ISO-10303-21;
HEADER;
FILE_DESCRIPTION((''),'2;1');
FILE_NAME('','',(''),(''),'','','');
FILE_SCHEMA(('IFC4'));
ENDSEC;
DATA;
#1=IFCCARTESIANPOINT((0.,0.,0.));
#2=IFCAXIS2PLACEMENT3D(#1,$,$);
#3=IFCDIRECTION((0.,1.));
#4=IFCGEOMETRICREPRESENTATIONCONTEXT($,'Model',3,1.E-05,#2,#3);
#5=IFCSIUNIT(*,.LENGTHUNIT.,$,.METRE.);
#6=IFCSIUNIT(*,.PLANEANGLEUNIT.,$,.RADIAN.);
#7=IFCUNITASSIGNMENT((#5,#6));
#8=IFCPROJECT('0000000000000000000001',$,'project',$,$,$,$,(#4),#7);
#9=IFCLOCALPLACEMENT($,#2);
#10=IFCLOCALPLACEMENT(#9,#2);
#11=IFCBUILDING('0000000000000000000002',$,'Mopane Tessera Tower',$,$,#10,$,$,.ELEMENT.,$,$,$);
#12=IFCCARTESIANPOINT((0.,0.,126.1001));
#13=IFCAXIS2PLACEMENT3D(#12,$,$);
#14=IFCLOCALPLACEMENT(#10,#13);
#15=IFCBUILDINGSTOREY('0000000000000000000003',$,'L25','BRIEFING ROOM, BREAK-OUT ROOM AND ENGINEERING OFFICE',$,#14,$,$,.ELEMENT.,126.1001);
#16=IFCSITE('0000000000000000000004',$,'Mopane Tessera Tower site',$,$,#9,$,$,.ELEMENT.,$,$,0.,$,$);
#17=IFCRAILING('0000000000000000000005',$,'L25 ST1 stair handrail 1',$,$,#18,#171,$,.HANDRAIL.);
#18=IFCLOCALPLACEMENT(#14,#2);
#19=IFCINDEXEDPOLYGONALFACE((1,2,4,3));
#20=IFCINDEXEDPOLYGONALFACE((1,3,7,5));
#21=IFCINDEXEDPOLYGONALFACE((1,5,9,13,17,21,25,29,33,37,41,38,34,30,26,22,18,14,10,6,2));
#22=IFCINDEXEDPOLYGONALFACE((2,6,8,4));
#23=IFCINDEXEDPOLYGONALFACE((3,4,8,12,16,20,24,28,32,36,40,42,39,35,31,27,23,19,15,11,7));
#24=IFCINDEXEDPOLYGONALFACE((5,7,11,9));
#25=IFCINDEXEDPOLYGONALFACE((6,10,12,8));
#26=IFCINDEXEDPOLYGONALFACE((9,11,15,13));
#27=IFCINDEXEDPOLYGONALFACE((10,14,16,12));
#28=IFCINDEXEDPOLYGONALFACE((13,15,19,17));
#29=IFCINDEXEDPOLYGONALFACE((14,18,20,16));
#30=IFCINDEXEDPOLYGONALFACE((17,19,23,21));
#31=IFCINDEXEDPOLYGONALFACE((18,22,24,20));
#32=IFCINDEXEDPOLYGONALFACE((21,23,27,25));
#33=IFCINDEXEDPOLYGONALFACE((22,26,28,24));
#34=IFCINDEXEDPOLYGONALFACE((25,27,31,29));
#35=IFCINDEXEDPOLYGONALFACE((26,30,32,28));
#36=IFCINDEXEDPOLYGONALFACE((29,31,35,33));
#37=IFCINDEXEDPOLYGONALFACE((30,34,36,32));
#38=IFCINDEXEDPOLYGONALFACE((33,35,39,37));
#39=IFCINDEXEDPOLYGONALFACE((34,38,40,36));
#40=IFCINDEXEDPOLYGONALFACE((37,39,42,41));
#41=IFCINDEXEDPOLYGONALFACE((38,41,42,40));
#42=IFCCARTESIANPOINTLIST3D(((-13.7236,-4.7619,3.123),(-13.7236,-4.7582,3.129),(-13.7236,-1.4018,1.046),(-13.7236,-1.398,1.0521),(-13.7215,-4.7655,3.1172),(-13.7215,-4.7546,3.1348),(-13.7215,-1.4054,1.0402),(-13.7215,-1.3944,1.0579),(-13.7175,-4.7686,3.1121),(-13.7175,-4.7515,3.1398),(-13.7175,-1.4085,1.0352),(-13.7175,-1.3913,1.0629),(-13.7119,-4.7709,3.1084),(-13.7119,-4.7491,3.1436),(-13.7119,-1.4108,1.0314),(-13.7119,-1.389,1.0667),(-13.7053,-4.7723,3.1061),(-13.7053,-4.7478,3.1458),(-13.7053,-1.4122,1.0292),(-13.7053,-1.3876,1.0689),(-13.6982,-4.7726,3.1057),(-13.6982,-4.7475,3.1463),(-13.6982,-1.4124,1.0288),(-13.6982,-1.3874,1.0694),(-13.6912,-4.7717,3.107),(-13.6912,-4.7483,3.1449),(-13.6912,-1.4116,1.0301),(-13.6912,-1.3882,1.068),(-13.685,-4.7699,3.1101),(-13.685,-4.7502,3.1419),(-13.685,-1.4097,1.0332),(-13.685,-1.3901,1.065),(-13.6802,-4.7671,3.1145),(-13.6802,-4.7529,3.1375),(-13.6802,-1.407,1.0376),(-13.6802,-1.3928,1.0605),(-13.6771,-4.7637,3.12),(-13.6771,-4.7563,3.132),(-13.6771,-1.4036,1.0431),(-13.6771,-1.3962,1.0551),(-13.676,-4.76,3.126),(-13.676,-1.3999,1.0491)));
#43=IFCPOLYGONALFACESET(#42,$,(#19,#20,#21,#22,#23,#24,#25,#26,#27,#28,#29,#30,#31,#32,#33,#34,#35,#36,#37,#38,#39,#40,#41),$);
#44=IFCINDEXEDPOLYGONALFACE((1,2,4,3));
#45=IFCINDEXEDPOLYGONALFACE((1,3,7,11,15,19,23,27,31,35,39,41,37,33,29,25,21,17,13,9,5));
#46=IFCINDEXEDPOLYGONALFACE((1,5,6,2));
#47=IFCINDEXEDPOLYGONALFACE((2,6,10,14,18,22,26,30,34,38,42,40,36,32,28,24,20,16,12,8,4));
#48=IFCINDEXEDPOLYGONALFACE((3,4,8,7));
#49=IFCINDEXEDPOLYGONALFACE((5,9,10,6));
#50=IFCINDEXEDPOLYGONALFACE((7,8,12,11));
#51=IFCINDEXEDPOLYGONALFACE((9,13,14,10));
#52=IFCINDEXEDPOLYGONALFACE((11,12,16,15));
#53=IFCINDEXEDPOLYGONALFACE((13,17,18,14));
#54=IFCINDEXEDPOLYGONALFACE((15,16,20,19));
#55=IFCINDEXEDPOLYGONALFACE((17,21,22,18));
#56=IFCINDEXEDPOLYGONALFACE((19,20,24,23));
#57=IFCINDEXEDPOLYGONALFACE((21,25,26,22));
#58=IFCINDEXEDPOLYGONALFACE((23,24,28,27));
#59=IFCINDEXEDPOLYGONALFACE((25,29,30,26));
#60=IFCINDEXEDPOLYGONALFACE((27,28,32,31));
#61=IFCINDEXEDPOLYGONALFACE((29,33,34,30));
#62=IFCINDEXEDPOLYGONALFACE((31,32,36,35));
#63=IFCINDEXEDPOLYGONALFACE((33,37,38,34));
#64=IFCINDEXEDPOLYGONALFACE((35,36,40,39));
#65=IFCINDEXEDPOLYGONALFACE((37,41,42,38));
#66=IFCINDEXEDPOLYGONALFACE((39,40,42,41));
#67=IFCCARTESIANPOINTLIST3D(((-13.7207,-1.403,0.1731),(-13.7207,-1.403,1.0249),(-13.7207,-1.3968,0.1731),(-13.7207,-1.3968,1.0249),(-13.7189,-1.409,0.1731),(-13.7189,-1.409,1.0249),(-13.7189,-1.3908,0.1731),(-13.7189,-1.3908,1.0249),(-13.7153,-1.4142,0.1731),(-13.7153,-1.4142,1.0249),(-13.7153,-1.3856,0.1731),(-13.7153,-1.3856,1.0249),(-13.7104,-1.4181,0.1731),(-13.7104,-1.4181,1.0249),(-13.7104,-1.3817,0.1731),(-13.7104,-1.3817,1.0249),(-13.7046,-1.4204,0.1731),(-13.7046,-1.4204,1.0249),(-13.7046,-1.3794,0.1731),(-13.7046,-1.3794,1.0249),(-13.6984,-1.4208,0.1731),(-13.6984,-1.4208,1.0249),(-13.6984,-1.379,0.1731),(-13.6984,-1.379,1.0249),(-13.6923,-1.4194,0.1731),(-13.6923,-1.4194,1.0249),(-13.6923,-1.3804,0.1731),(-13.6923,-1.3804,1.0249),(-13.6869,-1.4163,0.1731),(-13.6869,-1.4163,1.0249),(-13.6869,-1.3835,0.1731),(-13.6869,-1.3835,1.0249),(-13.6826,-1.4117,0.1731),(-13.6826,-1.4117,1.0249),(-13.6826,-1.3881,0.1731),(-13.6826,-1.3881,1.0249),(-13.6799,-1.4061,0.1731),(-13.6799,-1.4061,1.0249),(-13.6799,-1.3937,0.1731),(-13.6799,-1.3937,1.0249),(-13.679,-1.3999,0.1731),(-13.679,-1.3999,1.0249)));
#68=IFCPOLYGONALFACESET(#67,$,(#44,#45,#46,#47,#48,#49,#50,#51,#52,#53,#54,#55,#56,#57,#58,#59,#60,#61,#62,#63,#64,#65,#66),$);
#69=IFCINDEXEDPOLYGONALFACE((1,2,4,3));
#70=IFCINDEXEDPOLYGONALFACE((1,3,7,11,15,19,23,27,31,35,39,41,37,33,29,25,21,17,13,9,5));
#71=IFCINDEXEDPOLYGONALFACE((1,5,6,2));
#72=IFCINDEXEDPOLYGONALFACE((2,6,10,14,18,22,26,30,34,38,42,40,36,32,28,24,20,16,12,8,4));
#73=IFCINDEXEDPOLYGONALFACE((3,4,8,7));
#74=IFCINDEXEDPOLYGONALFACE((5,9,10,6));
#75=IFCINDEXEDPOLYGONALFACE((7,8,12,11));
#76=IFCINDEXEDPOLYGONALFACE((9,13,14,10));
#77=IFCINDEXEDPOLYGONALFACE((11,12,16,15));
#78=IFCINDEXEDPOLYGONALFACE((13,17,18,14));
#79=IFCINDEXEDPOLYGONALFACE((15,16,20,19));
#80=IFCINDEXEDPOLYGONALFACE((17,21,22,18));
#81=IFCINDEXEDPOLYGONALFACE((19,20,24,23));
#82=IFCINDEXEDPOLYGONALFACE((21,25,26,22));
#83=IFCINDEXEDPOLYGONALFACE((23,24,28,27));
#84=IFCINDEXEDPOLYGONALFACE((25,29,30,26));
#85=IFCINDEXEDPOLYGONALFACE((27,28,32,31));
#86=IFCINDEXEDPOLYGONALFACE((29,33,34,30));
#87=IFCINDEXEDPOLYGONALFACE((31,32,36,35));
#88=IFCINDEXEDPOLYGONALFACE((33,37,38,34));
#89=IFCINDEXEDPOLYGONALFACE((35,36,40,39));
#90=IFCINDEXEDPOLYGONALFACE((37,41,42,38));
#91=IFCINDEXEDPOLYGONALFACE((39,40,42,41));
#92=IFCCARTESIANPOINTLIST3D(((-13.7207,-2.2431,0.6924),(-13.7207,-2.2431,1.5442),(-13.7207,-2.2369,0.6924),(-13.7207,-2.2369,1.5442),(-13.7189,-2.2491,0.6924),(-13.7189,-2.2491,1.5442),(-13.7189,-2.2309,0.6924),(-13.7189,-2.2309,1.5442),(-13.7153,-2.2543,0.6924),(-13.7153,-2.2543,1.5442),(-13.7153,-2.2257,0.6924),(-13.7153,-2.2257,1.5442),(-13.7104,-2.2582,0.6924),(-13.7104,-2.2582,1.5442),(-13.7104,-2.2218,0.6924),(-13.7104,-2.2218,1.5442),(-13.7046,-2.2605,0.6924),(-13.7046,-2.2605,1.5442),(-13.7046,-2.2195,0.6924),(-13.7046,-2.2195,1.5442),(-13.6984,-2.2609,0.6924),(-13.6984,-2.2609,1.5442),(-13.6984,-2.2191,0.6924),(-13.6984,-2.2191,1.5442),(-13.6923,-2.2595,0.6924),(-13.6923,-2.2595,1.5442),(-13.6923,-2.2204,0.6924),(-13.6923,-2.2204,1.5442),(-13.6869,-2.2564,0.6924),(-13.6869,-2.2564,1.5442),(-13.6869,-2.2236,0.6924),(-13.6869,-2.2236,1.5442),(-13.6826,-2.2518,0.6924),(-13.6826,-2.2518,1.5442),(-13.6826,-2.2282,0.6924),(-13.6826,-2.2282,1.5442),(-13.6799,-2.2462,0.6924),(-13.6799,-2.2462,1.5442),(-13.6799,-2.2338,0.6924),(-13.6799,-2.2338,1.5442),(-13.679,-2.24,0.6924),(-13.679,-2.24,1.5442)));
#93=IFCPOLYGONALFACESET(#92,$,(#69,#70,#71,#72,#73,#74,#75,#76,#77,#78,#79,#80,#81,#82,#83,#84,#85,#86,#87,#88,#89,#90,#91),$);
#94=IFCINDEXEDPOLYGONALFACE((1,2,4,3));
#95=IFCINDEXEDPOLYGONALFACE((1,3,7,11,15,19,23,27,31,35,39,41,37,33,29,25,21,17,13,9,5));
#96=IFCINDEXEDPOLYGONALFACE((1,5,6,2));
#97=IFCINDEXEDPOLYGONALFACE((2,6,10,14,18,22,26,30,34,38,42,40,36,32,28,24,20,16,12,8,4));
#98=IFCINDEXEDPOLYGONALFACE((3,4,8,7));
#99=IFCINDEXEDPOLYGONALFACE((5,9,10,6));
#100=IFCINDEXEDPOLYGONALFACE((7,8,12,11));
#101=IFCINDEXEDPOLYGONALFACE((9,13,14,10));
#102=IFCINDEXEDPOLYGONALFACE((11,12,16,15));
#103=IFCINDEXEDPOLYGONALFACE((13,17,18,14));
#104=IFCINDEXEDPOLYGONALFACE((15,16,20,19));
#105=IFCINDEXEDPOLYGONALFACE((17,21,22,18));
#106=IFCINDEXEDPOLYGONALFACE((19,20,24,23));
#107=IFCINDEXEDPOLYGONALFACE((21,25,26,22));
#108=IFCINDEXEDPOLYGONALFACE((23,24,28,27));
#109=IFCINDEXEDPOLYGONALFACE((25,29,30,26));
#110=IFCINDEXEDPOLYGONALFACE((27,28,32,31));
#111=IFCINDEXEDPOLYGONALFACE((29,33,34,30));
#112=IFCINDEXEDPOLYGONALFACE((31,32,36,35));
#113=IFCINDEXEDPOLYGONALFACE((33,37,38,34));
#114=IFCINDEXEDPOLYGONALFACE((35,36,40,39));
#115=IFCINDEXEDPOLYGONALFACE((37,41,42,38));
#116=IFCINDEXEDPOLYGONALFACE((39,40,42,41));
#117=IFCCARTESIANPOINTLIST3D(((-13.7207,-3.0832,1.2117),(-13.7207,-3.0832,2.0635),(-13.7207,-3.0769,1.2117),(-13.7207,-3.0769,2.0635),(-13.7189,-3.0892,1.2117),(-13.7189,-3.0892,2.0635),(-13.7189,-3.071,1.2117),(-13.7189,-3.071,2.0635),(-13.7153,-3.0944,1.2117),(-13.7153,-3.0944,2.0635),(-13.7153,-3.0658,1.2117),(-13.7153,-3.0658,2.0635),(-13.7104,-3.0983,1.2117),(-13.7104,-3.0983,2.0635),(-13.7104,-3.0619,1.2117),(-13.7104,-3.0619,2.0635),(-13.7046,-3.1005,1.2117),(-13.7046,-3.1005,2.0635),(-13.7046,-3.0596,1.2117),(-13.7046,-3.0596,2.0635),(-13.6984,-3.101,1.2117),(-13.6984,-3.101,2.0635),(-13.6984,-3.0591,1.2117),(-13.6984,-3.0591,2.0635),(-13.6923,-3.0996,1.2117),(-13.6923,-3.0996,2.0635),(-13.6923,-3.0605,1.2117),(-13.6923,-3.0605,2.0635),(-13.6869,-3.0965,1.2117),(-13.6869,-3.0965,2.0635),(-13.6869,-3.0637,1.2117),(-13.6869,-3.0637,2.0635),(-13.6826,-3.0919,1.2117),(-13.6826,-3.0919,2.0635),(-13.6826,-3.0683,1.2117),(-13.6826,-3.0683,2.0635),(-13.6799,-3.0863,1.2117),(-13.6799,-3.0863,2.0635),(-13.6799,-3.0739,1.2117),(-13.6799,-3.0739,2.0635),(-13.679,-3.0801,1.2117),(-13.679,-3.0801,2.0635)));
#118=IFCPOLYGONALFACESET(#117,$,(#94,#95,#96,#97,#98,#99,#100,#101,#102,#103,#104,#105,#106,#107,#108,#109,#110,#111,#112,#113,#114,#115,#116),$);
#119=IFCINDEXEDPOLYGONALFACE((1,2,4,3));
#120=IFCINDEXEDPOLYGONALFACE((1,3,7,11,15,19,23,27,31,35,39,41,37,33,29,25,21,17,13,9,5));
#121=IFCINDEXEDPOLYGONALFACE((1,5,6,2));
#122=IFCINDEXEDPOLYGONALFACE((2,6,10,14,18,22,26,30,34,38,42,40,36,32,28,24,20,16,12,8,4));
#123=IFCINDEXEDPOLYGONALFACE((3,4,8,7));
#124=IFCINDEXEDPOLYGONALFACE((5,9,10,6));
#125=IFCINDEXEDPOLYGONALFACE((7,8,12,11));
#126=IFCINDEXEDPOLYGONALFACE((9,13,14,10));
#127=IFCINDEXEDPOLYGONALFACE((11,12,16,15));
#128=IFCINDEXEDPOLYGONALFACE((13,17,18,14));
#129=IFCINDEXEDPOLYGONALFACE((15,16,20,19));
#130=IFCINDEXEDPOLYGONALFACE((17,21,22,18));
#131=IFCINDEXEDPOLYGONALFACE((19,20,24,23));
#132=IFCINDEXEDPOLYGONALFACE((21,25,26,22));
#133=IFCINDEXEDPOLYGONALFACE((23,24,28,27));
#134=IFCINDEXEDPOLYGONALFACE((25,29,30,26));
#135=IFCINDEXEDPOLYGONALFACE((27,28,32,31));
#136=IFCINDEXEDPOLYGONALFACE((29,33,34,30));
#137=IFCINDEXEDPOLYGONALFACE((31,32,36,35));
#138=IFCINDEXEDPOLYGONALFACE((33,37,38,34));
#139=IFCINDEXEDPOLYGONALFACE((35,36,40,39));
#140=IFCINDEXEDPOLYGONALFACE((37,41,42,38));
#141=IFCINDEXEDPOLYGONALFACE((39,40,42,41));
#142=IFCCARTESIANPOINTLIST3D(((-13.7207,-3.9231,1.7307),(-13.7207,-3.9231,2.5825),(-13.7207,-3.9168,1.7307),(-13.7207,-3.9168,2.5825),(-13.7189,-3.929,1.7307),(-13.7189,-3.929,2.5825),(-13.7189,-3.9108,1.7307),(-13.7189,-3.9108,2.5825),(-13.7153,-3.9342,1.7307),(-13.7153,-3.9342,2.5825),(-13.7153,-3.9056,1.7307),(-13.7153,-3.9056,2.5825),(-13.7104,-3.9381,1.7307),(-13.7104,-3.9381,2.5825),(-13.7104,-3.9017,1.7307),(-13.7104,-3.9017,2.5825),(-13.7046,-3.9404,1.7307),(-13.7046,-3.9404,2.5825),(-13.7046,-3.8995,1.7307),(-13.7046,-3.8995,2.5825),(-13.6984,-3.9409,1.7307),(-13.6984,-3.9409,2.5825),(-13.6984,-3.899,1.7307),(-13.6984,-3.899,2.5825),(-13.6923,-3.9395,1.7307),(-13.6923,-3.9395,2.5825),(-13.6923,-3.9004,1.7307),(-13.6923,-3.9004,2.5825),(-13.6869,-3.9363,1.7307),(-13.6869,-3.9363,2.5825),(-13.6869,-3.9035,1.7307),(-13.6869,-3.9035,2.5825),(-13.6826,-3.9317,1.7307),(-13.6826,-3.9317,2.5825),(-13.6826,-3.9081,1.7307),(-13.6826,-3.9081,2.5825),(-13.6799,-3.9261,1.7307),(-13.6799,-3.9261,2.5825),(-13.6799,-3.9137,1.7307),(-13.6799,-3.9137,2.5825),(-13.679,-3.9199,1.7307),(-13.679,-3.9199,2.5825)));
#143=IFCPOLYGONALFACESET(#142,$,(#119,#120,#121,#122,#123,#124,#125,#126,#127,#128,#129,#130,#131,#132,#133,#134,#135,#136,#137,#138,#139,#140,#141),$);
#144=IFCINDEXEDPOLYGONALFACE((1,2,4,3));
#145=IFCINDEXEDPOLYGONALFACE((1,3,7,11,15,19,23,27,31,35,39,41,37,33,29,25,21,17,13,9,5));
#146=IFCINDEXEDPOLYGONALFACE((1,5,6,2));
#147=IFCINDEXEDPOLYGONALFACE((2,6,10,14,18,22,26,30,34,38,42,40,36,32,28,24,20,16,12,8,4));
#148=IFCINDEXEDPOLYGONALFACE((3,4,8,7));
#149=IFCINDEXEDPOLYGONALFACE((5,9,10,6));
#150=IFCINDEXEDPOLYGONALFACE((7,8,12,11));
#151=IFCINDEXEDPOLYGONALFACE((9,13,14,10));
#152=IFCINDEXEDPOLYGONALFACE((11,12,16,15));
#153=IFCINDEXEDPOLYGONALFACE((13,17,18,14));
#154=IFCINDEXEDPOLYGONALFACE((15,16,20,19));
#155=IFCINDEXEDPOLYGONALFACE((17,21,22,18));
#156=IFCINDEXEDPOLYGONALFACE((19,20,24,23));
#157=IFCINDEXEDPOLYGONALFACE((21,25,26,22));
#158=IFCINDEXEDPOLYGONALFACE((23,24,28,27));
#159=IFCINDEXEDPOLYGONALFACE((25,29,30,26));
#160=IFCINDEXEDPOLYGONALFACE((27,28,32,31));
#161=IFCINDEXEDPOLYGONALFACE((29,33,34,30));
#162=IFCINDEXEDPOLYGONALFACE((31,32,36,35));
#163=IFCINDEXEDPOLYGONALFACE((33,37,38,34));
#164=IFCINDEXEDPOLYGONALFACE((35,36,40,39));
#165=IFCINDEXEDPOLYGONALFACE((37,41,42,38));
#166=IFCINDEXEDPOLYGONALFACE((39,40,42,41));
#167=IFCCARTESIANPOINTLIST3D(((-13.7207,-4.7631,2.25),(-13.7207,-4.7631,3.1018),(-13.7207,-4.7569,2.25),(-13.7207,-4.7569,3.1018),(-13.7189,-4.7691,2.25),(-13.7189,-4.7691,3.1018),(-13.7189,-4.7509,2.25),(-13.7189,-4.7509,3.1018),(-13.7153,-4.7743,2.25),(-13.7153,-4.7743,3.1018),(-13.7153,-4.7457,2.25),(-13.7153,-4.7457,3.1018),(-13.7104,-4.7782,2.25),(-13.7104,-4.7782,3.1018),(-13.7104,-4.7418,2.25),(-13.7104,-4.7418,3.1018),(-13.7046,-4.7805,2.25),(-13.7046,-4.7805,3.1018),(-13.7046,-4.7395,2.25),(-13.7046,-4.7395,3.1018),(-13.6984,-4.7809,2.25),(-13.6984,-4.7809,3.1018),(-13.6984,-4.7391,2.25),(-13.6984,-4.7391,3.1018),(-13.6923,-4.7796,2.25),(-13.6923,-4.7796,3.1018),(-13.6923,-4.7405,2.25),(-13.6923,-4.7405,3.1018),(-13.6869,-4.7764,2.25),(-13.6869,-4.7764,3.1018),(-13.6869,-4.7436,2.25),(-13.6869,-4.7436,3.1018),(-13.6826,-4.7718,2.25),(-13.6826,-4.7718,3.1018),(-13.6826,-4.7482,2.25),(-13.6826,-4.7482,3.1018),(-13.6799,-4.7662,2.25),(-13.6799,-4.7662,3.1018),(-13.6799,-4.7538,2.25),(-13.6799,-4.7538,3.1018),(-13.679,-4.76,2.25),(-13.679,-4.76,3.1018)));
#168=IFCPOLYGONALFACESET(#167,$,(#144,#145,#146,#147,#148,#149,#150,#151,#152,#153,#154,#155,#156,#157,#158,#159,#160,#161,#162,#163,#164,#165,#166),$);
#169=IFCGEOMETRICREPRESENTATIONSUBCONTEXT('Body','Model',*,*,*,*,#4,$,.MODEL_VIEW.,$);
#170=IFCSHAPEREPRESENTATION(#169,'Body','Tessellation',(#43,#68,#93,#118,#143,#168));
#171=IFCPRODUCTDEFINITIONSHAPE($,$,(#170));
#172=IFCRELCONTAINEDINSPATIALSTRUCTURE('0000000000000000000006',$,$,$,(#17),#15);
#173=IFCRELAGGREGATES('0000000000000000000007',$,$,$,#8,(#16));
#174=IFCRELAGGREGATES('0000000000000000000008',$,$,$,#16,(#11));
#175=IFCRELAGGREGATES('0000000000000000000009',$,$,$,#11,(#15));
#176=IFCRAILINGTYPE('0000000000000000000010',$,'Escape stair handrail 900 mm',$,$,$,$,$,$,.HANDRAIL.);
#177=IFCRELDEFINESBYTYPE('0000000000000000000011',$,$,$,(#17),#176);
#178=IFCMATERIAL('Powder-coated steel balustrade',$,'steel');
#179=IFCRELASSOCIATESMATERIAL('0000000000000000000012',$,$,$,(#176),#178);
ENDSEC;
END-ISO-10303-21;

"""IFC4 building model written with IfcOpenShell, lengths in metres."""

from ifc_helpers import new_model, si_unit, direction, frame, origin, origin_2d, place, context, subcontext, project, spatial, circle, extrude, material, type_object, element, save


model = new_model("IFC4")

# Units and contexts
model_context = context("Model", 3, precision=1e-05, world=origin(), true_north=direction((0.0, 1.0)))
body_context = subcontext(model_context, "Body", "Model", "MODEL_VIEW")
ifc_project = project(units=[si_unit("LENGTHUNIT", "METRE"), si_unit("PLANEANGLEUNIT", "RADIAN")], contexts=[model_context])

# Site, building, storey
site_placement = place(None, origin())
site = spatial("IfcSite", under=ifc_project, at=site_placement, Name="Mopane Tessera Tower site", CompositionType="ELEMENT", RefElevation=0.0)
building_placement = place(site_placement, origin())
building = spatial("IfcBuilding", under=site, at=building_placement, Name="Mopane Tessera Tower", CompositionType="ELEMENT")
storey_placement = place(building_placement, frame((0.0, 0.0, 126.1001)))
storey = spatial("IfcBuildingStorey", under=building, at=storey_placement, Name="L25", Description="BRIEFING ROOM, BREAK-OUT ROOM AND ENGINEERING OFFICE", CompositionType="ELEMENT", Elevation=126.1001)

# Railing
ifc_material_1 = material(Name="Powder-coated steel balustrade", Category="steel")
railing_type_1 = type_object("IfcRailingType", Name="Escape stair handrail 900 mm", PredefinedType="HANDRAIL", material=ifc_material_1)
railing_1_placement = place(storey_placement, frame((-13.7, -1.3999, 0.1731)))
element("IfcRailing", 1, at=railing_1_placement, inside=storey, type_object=railing_type_1, Name="L25 ST1 stair handrail 1", PredefinedType="HANDRAIL", context=body_context, shape_type="SweptSolid", body=[
    extrude(circle(Radius=0.0239, at=origin_2d()), frame((0.0, 0.0, 0.876), z_axis=(0.0, -0.850623, 0.525776), x_axis=(1.0, 0.0, 0.0)), (0.0, 0.0, 1.0), 3.9502),
    extrude(circle(Radius=0.021, at=origin_2d()), origin(), (0.0, 0.0, 1.0), 0.8518),
    extrude(circle(Radius=0.021, at=origin_2d()), frame((0.0, -0.8401, 0.5193)), (0.0, 0.0, 1.0), 0.8518),
    extrude(circle(Radius=0.021, at=origin_2d()), frame((0.0, -1.6802, 1.0386)), (0.0, 0.0, 1.0), 0.8518),
    extrude(circle(Radius=0.021, at=origin_2d()), frame((0.0, -2.52, 1.5576)), (0.0, 0.0, 1.0), 0.8518),
    extrude(circle(Radius=0.021, at=origin_2d()), frame((0.0, -3.3601, 2.0769)), (0.0, 0.0, 1.0), 0.8518),
])

save(model, "model.ifc")
